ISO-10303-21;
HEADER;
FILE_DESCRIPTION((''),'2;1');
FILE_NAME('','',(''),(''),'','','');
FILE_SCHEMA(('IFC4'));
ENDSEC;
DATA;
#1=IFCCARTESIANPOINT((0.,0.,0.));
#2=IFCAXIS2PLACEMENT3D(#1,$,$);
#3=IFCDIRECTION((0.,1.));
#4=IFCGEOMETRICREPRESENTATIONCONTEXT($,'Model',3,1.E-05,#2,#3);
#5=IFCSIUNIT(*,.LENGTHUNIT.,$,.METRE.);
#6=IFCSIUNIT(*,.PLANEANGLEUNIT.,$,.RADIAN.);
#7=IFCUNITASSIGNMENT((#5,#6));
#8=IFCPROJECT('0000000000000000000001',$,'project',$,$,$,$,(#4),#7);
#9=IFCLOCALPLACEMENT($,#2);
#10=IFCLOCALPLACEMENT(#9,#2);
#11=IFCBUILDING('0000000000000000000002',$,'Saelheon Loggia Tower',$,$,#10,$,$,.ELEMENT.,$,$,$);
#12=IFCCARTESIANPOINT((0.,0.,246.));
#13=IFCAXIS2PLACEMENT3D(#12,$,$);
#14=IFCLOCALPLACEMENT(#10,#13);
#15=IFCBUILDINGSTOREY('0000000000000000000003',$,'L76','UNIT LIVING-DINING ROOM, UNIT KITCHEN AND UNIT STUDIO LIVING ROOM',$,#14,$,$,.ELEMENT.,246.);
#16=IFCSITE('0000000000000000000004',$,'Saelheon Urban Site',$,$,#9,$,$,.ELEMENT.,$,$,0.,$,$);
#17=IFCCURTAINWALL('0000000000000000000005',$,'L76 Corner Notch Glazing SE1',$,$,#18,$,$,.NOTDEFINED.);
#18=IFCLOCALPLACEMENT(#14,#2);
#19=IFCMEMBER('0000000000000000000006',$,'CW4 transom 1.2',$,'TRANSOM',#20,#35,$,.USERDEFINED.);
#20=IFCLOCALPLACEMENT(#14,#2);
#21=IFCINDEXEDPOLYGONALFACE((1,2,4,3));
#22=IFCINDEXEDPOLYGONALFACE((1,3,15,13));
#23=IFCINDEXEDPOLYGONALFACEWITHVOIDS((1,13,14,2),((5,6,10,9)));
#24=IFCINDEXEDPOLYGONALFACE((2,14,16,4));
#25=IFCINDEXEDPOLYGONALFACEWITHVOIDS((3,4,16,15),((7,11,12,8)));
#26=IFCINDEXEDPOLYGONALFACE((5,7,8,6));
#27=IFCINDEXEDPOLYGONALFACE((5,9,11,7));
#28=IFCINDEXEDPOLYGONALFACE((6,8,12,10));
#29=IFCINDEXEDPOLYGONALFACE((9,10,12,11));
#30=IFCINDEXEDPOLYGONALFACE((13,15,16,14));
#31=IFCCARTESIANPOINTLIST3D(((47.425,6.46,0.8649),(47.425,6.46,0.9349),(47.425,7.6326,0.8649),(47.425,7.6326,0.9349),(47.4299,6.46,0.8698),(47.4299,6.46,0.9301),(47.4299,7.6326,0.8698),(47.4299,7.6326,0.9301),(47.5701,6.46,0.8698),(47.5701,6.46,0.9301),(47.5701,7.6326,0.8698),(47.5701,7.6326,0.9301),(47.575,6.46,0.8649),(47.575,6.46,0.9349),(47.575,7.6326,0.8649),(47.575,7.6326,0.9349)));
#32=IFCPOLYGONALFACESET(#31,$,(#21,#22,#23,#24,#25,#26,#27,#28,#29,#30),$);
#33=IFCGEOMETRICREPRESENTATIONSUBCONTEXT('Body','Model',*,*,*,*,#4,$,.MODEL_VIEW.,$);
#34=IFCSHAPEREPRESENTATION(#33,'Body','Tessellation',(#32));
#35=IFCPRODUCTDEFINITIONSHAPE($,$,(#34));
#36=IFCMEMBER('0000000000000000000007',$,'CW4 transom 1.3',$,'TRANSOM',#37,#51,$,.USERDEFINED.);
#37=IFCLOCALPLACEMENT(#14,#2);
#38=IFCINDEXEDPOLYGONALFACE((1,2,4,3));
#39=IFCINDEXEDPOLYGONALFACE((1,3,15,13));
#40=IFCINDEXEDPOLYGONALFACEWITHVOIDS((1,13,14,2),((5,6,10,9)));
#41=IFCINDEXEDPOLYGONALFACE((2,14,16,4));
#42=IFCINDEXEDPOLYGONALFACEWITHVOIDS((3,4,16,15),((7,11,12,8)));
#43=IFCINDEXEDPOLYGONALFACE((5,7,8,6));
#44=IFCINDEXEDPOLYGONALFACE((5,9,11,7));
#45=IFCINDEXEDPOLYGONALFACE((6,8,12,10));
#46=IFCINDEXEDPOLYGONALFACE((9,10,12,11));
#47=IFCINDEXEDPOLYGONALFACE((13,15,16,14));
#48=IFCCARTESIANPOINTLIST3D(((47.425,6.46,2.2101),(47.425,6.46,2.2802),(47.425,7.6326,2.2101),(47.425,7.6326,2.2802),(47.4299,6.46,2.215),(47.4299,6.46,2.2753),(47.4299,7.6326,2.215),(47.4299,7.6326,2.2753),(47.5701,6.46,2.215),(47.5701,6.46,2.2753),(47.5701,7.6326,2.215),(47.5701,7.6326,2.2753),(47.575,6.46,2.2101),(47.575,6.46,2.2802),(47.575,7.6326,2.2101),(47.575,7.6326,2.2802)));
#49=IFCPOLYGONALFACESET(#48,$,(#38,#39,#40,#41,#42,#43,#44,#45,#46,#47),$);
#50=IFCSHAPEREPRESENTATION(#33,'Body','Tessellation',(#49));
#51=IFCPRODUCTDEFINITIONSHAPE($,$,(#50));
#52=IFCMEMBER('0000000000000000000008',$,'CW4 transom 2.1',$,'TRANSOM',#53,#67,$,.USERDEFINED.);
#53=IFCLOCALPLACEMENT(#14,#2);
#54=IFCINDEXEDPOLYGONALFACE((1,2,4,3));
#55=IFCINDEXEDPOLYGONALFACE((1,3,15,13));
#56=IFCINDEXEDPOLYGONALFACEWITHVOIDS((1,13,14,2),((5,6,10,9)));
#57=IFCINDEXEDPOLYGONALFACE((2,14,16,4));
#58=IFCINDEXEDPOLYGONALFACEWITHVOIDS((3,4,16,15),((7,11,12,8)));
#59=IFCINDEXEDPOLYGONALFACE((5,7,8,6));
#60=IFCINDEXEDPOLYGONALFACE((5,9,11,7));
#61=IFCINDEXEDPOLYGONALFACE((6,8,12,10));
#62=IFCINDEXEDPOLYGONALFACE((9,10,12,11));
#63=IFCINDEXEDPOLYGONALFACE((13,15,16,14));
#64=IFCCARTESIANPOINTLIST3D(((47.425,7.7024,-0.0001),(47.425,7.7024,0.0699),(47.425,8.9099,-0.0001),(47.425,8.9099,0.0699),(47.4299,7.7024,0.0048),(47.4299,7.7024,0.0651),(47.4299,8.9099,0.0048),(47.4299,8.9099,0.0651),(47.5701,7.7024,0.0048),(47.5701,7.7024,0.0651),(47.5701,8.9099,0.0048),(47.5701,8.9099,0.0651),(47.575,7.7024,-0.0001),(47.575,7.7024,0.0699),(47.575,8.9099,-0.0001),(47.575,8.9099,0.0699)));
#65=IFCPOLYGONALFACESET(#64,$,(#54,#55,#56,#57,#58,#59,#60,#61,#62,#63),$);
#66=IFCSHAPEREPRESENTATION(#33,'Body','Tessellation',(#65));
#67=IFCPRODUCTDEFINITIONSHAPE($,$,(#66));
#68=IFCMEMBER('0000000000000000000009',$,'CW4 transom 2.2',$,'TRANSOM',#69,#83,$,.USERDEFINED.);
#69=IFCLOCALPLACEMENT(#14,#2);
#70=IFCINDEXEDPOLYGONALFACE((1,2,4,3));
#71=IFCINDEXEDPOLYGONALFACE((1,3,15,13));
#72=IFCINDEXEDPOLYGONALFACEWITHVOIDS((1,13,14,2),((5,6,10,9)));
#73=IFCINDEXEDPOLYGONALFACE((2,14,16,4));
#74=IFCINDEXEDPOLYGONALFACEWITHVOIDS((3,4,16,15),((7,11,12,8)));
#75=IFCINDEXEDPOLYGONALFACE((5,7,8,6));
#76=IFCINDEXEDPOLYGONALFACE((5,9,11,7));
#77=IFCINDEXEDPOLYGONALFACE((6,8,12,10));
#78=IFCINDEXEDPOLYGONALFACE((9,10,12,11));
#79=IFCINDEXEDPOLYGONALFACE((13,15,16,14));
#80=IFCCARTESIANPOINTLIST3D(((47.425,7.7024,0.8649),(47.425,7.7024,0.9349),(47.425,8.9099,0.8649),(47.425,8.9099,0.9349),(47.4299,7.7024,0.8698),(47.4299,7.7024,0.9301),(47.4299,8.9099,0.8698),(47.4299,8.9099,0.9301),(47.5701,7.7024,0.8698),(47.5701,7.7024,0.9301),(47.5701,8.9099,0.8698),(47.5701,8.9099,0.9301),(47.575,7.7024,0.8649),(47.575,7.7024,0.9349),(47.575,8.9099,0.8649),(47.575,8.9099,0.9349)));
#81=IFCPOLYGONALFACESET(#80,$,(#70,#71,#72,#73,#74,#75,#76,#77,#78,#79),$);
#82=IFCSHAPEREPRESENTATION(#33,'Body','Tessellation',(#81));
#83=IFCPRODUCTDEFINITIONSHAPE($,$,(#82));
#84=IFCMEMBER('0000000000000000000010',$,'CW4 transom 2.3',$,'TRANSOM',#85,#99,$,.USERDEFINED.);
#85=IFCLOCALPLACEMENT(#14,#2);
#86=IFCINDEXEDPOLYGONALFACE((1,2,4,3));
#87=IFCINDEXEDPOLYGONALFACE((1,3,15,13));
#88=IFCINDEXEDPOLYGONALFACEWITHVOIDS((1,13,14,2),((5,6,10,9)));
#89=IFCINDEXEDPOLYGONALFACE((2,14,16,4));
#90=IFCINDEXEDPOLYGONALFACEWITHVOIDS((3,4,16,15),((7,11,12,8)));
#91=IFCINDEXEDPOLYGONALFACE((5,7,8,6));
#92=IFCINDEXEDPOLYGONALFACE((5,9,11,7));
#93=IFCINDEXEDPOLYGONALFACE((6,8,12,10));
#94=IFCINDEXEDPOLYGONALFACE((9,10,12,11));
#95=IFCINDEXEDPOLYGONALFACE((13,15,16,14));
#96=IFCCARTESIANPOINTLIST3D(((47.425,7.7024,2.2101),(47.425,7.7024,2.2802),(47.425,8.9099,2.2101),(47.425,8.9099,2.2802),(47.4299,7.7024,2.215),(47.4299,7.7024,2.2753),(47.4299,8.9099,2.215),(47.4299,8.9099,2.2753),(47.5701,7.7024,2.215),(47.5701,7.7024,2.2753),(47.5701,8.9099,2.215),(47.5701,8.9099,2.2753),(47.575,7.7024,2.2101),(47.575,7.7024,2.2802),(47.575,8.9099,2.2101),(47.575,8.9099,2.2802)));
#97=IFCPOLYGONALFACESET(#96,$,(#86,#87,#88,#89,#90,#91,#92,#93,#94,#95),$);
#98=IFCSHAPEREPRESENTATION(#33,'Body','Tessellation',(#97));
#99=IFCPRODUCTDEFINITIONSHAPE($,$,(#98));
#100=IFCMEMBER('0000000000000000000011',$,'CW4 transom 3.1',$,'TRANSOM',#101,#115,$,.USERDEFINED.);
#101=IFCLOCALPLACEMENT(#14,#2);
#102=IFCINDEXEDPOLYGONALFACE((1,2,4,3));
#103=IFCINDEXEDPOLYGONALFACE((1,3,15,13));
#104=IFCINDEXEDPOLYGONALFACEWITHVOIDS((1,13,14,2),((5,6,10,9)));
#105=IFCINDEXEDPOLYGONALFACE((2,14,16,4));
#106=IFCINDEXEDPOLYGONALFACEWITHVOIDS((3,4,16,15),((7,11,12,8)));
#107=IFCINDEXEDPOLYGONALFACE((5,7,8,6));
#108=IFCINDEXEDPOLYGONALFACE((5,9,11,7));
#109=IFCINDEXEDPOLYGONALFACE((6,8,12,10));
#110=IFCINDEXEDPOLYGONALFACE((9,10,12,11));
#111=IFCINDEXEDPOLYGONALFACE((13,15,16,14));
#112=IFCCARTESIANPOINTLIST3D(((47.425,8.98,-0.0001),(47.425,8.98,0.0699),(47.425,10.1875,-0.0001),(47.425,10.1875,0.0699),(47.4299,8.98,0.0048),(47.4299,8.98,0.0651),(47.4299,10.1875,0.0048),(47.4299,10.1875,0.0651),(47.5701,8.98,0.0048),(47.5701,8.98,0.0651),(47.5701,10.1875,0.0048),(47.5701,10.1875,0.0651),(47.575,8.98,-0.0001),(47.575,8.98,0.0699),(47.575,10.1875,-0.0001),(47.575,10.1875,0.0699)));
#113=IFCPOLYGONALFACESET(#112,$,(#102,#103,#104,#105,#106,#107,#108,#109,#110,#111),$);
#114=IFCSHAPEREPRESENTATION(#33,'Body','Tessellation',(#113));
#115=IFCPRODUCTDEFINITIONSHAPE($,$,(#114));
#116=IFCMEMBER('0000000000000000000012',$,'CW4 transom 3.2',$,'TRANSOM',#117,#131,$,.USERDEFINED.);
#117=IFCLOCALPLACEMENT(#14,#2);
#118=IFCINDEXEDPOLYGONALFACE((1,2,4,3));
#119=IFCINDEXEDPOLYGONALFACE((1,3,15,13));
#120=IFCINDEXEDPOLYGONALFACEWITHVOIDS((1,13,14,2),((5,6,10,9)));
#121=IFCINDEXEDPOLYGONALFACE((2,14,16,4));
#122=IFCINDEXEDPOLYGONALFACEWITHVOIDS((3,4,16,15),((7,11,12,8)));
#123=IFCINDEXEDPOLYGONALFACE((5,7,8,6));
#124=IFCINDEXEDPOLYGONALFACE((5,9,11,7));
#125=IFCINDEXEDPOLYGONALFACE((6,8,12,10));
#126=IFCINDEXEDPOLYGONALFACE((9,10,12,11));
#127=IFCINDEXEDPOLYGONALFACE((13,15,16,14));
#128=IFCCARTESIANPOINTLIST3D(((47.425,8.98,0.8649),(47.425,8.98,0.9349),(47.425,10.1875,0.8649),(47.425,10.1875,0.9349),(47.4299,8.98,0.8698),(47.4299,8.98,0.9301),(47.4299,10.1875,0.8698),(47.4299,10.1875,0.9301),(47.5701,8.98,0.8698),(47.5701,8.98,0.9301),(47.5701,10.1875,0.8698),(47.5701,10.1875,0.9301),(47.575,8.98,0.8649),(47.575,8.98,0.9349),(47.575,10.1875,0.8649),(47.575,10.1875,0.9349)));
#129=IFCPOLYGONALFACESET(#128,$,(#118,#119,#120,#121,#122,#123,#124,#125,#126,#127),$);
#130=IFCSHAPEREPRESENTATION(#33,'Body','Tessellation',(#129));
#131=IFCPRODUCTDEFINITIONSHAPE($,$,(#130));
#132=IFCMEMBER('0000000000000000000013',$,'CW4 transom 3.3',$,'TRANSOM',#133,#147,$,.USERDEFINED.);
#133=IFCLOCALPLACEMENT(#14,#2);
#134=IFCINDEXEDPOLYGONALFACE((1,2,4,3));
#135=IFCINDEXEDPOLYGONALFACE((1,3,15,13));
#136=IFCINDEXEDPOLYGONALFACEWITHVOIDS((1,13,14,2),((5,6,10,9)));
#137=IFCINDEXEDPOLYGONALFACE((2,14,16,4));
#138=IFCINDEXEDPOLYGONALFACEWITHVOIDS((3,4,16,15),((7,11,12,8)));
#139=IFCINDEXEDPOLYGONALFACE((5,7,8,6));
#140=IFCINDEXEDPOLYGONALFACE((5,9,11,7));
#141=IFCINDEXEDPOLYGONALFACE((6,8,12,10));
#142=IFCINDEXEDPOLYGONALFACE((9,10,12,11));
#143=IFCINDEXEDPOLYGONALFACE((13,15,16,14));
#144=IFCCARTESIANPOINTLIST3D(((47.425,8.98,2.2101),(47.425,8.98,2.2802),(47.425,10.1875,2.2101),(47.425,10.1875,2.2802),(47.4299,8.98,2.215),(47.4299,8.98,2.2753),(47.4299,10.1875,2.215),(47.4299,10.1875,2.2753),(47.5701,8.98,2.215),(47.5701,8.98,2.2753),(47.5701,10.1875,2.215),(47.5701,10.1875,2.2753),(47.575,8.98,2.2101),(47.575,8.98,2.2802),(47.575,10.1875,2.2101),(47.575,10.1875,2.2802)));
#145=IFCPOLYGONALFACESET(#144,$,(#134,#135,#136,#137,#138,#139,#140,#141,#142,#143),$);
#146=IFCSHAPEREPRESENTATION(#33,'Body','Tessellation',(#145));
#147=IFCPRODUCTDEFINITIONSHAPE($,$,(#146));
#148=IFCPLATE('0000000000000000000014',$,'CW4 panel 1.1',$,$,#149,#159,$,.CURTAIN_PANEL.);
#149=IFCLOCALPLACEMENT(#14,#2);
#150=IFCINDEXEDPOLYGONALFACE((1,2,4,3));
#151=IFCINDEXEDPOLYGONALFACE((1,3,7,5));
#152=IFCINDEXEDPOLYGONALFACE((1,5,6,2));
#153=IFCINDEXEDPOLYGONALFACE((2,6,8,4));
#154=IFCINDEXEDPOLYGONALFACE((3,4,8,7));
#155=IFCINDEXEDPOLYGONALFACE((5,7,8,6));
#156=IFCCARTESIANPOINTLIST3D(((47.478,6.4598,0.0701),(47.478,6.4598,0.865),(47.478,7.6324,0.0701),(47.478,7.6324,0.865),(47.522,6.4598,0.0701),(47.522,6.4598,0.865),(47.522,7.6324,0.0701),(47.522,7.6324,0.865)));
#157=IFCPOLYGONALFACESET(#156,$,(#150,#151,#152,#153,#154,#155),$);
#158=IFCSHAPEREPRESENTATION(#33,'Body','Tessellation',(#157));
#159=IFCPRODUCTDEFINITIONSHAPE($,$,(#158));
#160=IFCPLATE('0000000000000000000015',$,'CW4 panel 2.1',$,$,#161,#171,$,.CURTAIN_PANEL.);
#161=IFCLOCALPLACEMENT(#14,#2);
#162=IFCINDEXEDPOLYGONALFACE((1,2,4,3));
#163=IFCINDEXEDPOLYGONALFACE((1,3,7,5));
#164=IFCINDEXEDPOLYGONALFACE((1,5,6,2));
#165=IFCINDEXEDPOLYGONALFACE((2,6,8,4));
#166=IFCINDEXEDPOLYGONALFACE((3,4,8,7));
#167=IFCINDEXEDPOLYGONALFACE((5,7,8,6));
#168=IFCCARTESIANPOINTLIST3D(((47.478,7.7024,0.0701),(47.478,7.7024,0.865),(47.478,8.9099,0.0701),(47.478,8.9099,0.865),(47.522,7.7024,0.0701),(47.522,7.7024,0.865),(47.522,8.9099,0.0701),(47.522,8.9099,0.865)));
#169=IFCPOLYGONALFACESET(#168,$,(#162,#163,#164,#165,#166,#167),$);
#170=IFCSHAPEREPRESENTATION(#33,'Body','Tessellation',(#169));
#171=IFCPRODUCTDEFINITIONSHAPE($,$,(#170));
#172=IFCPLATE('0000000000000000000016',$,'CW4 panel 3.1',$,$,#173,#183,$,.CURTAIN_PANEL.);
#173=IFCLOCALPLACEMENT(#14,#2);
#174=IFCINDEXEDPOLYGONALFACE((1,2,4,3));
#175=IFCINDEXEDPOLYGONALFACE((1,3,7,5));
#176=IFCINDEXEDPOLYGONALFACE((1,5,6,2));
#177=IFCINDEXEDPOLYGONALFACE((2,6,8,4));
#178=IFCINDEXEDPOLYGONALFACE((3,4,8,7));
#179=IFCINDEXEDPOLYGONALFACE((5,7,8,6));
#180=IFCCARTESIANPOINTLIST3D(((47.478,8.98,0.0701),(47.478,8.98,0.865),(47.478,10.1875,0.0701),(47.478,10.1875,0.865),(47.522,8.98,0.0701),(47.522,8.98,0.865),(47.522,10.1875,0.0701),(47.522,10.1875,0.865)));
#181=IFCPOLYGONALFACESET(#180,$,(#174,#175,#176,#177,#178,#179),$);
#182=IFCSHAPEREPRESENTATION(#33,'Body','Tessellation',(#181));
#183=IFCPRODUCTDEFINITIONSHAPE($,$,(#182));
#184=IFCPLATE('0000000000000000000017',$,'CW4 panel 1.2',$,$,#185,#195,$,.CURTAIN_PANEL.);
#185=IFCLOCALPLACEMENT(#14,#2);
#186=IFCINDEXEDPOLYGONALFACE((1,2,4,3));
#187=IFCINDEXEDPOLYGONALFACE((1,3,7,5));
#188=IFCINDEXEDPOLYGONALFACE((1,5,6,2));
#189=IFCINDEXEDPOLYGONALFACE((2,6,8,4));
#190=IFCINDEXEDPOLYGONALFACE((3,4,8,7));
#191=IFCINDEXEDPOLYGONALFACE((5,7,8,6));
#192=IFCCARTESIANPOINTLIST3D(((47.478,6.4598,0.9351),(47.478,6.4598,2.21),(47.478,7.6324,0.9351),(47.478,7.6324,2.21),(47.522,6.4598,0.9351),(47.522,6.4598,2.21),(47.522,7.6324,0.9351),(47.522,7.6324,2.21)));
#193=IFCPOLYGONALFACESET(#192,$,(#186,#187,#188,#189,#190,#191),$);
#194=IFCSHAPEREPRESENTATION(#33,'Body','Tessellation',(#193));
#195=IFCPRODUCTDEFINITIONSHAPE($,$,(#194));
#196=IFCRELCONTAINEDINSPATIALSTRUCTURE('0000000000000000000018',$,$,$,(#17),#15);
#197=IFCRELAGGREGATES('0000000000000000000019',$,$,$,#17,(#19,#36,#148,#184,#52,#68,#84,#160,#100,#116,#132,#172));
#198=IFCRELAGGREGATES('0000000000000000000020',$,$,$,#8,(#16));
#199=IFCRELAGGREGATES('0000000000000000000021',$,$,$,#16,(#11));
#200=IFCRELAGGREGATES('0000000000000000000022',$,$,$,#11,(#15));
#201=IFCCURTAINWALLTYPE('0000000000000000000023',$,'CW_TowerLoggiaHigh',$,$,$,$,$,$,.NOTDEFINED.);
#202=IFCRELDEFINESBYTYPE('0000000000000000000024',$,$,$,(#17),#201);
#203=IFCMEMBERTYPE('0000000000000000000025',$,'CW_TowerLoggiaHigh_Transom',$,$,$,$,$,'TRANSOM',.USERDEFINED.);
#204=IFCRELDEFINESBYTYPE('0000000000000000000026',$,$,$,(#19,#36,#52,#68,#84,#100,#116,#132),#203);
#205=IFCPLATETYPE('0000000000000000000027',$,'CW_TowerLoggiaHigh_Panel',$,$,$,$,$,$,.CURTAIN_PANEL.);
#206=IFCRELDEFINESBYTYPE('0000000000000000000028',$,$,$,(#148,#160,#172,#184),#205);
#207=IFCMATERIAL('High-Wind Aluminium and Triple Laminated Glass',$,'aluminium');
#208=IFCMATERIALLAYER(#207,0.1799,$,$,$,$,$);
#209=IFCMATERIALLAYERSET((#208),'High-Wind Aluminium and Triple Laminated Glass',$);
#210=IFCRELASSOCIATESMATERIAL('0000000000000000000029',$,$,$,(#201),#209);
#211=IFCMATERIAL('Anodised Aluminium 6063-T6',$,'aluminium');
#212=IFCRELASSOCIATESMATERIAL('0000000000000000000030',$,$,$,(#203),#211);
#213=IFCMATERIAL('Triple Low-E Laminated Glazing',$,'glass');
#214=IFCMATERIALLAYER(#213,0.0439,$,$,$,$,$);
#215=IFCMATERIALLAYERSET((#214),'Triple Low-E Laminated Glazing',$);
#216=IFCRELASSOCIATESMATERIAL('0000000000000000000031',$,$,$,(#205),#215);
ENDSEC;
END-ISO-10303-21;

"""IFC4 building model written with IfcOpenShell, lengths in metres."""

from ifc_helpers import new_model, si_unit, direction, frame, origin, origin_2d, place, context, subcontext, project, spatial, rectangle, hollow_rectangle, extrude, source, transform, mapped, material, layer, layer_set, material_profile, profile_set, type_object, element, aggregate, save


model = new_model("IFC4")

# Units and contexts
model_context = context("Model", 3, precision=1e-05, world=origin(), true_north=direction((0.0, 1.0)))
body_context = subcontext(model_context, "Body", "Model", "MODEL_VIEW")
ifc_project = project(units=[si_unit("LENGTHUNIT", "METRE"), si_unit("PLANEANGLEUNIT", "RADIAN")], contexts=[model_context])

# Site, building, storey
site_placement = place(None, origin())
site = spatial("IfcSite", under=ifc_project, at=site_placement, Name="Saelheon Urban Site", CompositionType="ELEMENT", RefElevation=0.0)
building_placement = place(site_placement, origin())
building = spatial("IfcBuilding", under=site, at=building_placement, Name="Saelheon Loggia Tower", CompositionType="ELEMENT")
storey_placement = place(building_placement, frame((0.0, 0.0, 246.0)))
storey = spatial("IfcBuildingStorey", under=building, at=storey_placement, Name="L76", Description="UNIT LIVING-DINING ROOM, UNIT KITCHEN AND UNIT STUDIO LIVING ROOM", CompositionType="ELEMENT", Elevation=246.0)

# Curtain wall, members, plates
ifc_material_1 = material(Name="High-Wind Aluminium and Triple Laminated Glass", Category="aluminium")
ifc_layer_1 = layer(ifc_material_1, 0.1799)
ifc_layer_set_1 = layer_set([ifc_layer_1], Name="High-Wind Aluminium and Triple Laminated Glass")
curtain_wall_type = type_object("IfcCurtainWallType", Name="CW_TowerLoggiaHigh", PredefinedType="NOTDEFINED", material=ifc_layer_set_1)
curtain_wall_placement = place(storey_placement, origin())
curtain_wall = element("IfcCurtainWall", 1, at=curtain_wall_placement, inside=storey, type_object=curtain_wall_type, Name="L76 Corner Notch Glazing SE1", PredefinedType="NOTDEFINED")
ifc_material_2 = material(Name="Anodised Aluminium 6063-T6", Category="aluminium")
ifc_material_profile_1 = material_profile(ifc_material_2, hollow_rectangle(XDim=0.0701, YDim=0.1499, WallThickness=0.0049, at=origin_2d()), Name="RHS-150x70x5")
ifc_profile_set_1 = profile_set([ifc_material_profile_1], Name="Anodised Aluminium 6063-T6")
member_type_1 = type_object("IfcMemberType", Name="CW_TowerLoggiaHigh_Transom", ElementType="TRANSOM", PredefinedType="USERDEFINED", material=ifc_profile_set_1)
shared_shape_1 = source(origin(), body_context, "Body", "SweptSolid", [
    extrude(hollow_rectangle(XDim=0.0701, YDim=0.1499, WallThickness=0.0049, at=origin_2d()), origin(), (0.0, 0.0, 1.0), 1.1726),
])
member_1_placement = place(storey_placement, frame((47.5, 6.46, 0.8999), z_axis=(0.0, 1.0, 0.0), x_axis=(0.0, 0.0, 1.0)))
member_1 = element("IfcMember", 2, at=member_1_placement, type_object=member_type_1, Name="CW4 transom 1.2", ObjectType="TRANSOM", PredefinedType="USERDEFINED", context=body_context, shape_type="MappedRepresentation", body=[
    mapped(shared_shape_1, transform((0.0, 0.0, 0.0), scale=1.0)),
])
member_2_placement = place(storey_placement, frame((47.5, 6.46, 2.2451), z_axis=(0.0, 1.0, 0.0), x_axis=(0.0, 0.0, 1.0)))
member_2 = element("IfcMember", 3, at=member_2_placement, type_object=member_type_1, Name="CW4 transom 1.3", ObjectType="TRANSOM", PredefinedType="USERDEFINED", context=body_context, shape_type="MappedRepresentation", body=[
    mapped(shared_shape_1, transform((0.0, 0.0, 0.0), scale=1.0)),
])
shared_shape_2 = source(origin(), body_context, "Body", "SweptSolid", [
    extrude(hollow_rectangle(XDim=0.0701, YDim=0.1499, WallThickness=0.0049, at=origin_2d()), origin(), (0.0, 0.0, 1.0), 1.2075),
])
member_3_placement = place(storey_placement, frame((47.5, 7.7024, 0.0349), z_axis=(0.0, 1.0, 0.0), x_axis=(0.0, 0.0, 1.0)))
member_3 = element("IfcMember", 4, at=member_3_placement, type_object=member_type_1, Name="CW4 transom 2.1", ObjectType="TRANSOM", PredefinedType="USERDEFINED", context=body_context, shape_type="MappedRepresentation", body=[
    mapped(shared_shape_2, transform((0.0, 0.0, 0.0), scale=1.0)),
])
member_4_placement = place(storey_placement, frame((47.5, 7.7024, 0.8999), z_axis=(0.0, 1.0, 0.0), x_axis=(0.0, 0.0, 1.0)))
member_4 = element("IfcMember", 5, at=member_4_placement, type_object=member_type_1, Name="CW4 transom 2.2", ObjectType="TRANSOM", PredefinedType="USERDEFINED", context=body_context, shape_type="MappedRepresentation", body=[
    mapped(shared_shape_2, transform((0.0, 0.0, 0.0), scale=1.0)),
])
member_5_placement = place(storey_placement, frame((47.5, 7.7024, 2.2451), z_axis=(0.0, 1.0, 0.0), x_axis=(0.0, 0.0, 1.0)))
member_5 = element("IfcMember", 6, at=member_5_placement, type_object=member_type_1, Name="CW4 transom 2.3", ObjectType="TRANSOM", PredefinedType="USERDEFINED", context=body_context, shape_type="MappedRepresentation", body=[
    mapped(shared_shape_2, transform((0.0, 0.0, 0.0), scale=1.0)),
])
member_6_placement = place(storey_placement, frame((47.5, 8.98, 0.0349), z_axis=(0.0, 1.0, 0.0), x_axis=(0.0, 0.0, 1.0)))
member_6 = element("IfcMember", 7, at=member_6_placement, type_object=member_type_1, Name="CW4 transom 3.1", ObjectType="TRANSOM", PredefinedType="USERDEFINED", context=body_context, shape_type="MappedRepresentation", body=[
    mapped(shared_shape_2, transform((0.0, 0.0, 0.0), scale=1.0)),
])
member_7_placement = place(storey_placement, frame((47.5, 8.98, 0.8999), z_axis=(0.0, 1.0, 0.0), x_axis=(0.0, 0.0, 1.0)))
member_7 = element("IfcMember", 8, at=member_7_placement, type_object=member_type_1, Name="CW4 transom 3.2", ObjectType="TRANSOM", PredefinedType="USERDEFINED", context=body_context, shape_type="MappedRepresentation", body=[
    mapped(shared_shape_2, transform((0.0, 0.0, 0.0), scale=1.0)),
])
member_8_placement = place(storey_placement, frame((47.5, 8.98, 2.2451), z_axis=(0.0, 1.0, 0.0), x_axis=(0.0, 0.0, 1.0)))
member_8 = element("IfcMember", 9, at=member_8_placement, type_object=member_type_1, Name="CW4 transom 3.3", ObjectType="TRANSOM", PredefinedType="USERDEFINED", context=body_context, shape_type="MappedRepresentation", body=[
    mapped(shared_shape_2, transform((0.0, 0.0, 0.0), scale=1.0)),
])
ifc_material_3 = material(Name="Triple Low-E Laminated Glazing", Category="glass")
ifc_layer_2 = layer(ifc_material_3, 0.0439)
ifc_layer_set_2 = layer_set([ifc_layer_2], Name="Triple Low-E Laminated Glazing")
plate_type = type_object("IfcPlateType", Name="CW_TowerLoggiaHigh_Panel", PredefinedType="CURTAIN_PANEL", material=ifc_layer_set_2)
shared_shape_3 = source(origin(), body_context, "Body", "SweptSolid", [
    extrude(rectangle(XDim=1.1726, YDim=0.0439, at=origin_2d()), origin(), (0.0, 0.0, 1.0), 0.7949),
])
plate_1_placement = place(storey_placement, frame((47.5, 7.0461, 0.0701), z_axis=(0.0, 0.0, 1.0), x_axis=(0.0, 1.0, 0.0)))
plate_1 = element("IfcPlate", 10, at=plate_1_placement, type_object=plate_type, Name="CW4 panel 1.1", PredefinedType="CURTAIN_PANEL", context=body_context, shape_type="MappedRepresentation", body=[
    mapped(shared_shape_3, transform((0.0, 0.0, 0.0), scale=1.0)),
])
shared_shape_4 = source(origin(), body_context, "Body", "SweptSolid", [
    extrude(rectangle(XDim=1.2075, YDim=0.0439, at=origin_2d()), origin(), (0.0, 0.0, 1.0), 0.7949),
])
plate_2_placement = place(storey_placement, frame((47.5, 8.3062, 0.0701), z_axis=(0.0, 0.0, 1.0), x_axis=(0.0, 1.0, 0.0)))
plate_2 = element("IfcPlate", 11, at=plate_2_placement, type_object=plate_type, Name="CW4 panel 2.1", PredefinedType="CURTAIN_PANEL", context=body_context, shape_type="MappedRepresentation", body=[
    mapped(shared_shape_4, transform((0.0, 0.0, 0.0), scale=1.0)),
])
plate_3_placement = place(storey_placement, frame((47.5, 9.5837, 0.0701), z_axis=(0.0, 0.0, 1.0), x_axis=(0.0, 1.0, 0.0)))
plate_3 = element("IfcPlate", 12, at=plate_3_placement, type_object=plate_type, Name="CW4 panel 3.1", PredefinedType="CURTAIN_PANEL", context=body_context, shape_type="MappedRepresentation", body=[
    mapped(shared_shape_4, transform((0.0, 0.0, 0.0), scale=1.0)),
])
shared_shape_5 = source(origin(), body_context, "Body", "SweptSolid", [
    extrude(rectangle(XDim=1.1726, YDim=0.0439, at=origin_2d()), origin(), (0.0, 0.0, 1.0), 1.2749),
])
plate_4_placement = place(storey_placement, frame((47.5, 7.0461, 0.9351), z_axis=(0.0, 0.0, 1.0), x_axis=(0.0, 1.0, 0.0)))
plate_4 = element("IfcPlate", 13, at=plate_4_placement, type_object=plate_type, Name="CW4 panel 1.2", PredefinedType="CURTAIN_PANEL", context=body_context, shape_type="MappedRepresentation", body=[
    mapped(shared_shape_5, transform((0.0, 0.0, 0.0), scale=1.0)),
])
aggregate(curtain_wall, [member_1, member_2, plate_1, plate_4, member_3, member_4, member_5, plate_2, member_6, member_7, member_8, plate_3])

save(model, "model.ifc")
